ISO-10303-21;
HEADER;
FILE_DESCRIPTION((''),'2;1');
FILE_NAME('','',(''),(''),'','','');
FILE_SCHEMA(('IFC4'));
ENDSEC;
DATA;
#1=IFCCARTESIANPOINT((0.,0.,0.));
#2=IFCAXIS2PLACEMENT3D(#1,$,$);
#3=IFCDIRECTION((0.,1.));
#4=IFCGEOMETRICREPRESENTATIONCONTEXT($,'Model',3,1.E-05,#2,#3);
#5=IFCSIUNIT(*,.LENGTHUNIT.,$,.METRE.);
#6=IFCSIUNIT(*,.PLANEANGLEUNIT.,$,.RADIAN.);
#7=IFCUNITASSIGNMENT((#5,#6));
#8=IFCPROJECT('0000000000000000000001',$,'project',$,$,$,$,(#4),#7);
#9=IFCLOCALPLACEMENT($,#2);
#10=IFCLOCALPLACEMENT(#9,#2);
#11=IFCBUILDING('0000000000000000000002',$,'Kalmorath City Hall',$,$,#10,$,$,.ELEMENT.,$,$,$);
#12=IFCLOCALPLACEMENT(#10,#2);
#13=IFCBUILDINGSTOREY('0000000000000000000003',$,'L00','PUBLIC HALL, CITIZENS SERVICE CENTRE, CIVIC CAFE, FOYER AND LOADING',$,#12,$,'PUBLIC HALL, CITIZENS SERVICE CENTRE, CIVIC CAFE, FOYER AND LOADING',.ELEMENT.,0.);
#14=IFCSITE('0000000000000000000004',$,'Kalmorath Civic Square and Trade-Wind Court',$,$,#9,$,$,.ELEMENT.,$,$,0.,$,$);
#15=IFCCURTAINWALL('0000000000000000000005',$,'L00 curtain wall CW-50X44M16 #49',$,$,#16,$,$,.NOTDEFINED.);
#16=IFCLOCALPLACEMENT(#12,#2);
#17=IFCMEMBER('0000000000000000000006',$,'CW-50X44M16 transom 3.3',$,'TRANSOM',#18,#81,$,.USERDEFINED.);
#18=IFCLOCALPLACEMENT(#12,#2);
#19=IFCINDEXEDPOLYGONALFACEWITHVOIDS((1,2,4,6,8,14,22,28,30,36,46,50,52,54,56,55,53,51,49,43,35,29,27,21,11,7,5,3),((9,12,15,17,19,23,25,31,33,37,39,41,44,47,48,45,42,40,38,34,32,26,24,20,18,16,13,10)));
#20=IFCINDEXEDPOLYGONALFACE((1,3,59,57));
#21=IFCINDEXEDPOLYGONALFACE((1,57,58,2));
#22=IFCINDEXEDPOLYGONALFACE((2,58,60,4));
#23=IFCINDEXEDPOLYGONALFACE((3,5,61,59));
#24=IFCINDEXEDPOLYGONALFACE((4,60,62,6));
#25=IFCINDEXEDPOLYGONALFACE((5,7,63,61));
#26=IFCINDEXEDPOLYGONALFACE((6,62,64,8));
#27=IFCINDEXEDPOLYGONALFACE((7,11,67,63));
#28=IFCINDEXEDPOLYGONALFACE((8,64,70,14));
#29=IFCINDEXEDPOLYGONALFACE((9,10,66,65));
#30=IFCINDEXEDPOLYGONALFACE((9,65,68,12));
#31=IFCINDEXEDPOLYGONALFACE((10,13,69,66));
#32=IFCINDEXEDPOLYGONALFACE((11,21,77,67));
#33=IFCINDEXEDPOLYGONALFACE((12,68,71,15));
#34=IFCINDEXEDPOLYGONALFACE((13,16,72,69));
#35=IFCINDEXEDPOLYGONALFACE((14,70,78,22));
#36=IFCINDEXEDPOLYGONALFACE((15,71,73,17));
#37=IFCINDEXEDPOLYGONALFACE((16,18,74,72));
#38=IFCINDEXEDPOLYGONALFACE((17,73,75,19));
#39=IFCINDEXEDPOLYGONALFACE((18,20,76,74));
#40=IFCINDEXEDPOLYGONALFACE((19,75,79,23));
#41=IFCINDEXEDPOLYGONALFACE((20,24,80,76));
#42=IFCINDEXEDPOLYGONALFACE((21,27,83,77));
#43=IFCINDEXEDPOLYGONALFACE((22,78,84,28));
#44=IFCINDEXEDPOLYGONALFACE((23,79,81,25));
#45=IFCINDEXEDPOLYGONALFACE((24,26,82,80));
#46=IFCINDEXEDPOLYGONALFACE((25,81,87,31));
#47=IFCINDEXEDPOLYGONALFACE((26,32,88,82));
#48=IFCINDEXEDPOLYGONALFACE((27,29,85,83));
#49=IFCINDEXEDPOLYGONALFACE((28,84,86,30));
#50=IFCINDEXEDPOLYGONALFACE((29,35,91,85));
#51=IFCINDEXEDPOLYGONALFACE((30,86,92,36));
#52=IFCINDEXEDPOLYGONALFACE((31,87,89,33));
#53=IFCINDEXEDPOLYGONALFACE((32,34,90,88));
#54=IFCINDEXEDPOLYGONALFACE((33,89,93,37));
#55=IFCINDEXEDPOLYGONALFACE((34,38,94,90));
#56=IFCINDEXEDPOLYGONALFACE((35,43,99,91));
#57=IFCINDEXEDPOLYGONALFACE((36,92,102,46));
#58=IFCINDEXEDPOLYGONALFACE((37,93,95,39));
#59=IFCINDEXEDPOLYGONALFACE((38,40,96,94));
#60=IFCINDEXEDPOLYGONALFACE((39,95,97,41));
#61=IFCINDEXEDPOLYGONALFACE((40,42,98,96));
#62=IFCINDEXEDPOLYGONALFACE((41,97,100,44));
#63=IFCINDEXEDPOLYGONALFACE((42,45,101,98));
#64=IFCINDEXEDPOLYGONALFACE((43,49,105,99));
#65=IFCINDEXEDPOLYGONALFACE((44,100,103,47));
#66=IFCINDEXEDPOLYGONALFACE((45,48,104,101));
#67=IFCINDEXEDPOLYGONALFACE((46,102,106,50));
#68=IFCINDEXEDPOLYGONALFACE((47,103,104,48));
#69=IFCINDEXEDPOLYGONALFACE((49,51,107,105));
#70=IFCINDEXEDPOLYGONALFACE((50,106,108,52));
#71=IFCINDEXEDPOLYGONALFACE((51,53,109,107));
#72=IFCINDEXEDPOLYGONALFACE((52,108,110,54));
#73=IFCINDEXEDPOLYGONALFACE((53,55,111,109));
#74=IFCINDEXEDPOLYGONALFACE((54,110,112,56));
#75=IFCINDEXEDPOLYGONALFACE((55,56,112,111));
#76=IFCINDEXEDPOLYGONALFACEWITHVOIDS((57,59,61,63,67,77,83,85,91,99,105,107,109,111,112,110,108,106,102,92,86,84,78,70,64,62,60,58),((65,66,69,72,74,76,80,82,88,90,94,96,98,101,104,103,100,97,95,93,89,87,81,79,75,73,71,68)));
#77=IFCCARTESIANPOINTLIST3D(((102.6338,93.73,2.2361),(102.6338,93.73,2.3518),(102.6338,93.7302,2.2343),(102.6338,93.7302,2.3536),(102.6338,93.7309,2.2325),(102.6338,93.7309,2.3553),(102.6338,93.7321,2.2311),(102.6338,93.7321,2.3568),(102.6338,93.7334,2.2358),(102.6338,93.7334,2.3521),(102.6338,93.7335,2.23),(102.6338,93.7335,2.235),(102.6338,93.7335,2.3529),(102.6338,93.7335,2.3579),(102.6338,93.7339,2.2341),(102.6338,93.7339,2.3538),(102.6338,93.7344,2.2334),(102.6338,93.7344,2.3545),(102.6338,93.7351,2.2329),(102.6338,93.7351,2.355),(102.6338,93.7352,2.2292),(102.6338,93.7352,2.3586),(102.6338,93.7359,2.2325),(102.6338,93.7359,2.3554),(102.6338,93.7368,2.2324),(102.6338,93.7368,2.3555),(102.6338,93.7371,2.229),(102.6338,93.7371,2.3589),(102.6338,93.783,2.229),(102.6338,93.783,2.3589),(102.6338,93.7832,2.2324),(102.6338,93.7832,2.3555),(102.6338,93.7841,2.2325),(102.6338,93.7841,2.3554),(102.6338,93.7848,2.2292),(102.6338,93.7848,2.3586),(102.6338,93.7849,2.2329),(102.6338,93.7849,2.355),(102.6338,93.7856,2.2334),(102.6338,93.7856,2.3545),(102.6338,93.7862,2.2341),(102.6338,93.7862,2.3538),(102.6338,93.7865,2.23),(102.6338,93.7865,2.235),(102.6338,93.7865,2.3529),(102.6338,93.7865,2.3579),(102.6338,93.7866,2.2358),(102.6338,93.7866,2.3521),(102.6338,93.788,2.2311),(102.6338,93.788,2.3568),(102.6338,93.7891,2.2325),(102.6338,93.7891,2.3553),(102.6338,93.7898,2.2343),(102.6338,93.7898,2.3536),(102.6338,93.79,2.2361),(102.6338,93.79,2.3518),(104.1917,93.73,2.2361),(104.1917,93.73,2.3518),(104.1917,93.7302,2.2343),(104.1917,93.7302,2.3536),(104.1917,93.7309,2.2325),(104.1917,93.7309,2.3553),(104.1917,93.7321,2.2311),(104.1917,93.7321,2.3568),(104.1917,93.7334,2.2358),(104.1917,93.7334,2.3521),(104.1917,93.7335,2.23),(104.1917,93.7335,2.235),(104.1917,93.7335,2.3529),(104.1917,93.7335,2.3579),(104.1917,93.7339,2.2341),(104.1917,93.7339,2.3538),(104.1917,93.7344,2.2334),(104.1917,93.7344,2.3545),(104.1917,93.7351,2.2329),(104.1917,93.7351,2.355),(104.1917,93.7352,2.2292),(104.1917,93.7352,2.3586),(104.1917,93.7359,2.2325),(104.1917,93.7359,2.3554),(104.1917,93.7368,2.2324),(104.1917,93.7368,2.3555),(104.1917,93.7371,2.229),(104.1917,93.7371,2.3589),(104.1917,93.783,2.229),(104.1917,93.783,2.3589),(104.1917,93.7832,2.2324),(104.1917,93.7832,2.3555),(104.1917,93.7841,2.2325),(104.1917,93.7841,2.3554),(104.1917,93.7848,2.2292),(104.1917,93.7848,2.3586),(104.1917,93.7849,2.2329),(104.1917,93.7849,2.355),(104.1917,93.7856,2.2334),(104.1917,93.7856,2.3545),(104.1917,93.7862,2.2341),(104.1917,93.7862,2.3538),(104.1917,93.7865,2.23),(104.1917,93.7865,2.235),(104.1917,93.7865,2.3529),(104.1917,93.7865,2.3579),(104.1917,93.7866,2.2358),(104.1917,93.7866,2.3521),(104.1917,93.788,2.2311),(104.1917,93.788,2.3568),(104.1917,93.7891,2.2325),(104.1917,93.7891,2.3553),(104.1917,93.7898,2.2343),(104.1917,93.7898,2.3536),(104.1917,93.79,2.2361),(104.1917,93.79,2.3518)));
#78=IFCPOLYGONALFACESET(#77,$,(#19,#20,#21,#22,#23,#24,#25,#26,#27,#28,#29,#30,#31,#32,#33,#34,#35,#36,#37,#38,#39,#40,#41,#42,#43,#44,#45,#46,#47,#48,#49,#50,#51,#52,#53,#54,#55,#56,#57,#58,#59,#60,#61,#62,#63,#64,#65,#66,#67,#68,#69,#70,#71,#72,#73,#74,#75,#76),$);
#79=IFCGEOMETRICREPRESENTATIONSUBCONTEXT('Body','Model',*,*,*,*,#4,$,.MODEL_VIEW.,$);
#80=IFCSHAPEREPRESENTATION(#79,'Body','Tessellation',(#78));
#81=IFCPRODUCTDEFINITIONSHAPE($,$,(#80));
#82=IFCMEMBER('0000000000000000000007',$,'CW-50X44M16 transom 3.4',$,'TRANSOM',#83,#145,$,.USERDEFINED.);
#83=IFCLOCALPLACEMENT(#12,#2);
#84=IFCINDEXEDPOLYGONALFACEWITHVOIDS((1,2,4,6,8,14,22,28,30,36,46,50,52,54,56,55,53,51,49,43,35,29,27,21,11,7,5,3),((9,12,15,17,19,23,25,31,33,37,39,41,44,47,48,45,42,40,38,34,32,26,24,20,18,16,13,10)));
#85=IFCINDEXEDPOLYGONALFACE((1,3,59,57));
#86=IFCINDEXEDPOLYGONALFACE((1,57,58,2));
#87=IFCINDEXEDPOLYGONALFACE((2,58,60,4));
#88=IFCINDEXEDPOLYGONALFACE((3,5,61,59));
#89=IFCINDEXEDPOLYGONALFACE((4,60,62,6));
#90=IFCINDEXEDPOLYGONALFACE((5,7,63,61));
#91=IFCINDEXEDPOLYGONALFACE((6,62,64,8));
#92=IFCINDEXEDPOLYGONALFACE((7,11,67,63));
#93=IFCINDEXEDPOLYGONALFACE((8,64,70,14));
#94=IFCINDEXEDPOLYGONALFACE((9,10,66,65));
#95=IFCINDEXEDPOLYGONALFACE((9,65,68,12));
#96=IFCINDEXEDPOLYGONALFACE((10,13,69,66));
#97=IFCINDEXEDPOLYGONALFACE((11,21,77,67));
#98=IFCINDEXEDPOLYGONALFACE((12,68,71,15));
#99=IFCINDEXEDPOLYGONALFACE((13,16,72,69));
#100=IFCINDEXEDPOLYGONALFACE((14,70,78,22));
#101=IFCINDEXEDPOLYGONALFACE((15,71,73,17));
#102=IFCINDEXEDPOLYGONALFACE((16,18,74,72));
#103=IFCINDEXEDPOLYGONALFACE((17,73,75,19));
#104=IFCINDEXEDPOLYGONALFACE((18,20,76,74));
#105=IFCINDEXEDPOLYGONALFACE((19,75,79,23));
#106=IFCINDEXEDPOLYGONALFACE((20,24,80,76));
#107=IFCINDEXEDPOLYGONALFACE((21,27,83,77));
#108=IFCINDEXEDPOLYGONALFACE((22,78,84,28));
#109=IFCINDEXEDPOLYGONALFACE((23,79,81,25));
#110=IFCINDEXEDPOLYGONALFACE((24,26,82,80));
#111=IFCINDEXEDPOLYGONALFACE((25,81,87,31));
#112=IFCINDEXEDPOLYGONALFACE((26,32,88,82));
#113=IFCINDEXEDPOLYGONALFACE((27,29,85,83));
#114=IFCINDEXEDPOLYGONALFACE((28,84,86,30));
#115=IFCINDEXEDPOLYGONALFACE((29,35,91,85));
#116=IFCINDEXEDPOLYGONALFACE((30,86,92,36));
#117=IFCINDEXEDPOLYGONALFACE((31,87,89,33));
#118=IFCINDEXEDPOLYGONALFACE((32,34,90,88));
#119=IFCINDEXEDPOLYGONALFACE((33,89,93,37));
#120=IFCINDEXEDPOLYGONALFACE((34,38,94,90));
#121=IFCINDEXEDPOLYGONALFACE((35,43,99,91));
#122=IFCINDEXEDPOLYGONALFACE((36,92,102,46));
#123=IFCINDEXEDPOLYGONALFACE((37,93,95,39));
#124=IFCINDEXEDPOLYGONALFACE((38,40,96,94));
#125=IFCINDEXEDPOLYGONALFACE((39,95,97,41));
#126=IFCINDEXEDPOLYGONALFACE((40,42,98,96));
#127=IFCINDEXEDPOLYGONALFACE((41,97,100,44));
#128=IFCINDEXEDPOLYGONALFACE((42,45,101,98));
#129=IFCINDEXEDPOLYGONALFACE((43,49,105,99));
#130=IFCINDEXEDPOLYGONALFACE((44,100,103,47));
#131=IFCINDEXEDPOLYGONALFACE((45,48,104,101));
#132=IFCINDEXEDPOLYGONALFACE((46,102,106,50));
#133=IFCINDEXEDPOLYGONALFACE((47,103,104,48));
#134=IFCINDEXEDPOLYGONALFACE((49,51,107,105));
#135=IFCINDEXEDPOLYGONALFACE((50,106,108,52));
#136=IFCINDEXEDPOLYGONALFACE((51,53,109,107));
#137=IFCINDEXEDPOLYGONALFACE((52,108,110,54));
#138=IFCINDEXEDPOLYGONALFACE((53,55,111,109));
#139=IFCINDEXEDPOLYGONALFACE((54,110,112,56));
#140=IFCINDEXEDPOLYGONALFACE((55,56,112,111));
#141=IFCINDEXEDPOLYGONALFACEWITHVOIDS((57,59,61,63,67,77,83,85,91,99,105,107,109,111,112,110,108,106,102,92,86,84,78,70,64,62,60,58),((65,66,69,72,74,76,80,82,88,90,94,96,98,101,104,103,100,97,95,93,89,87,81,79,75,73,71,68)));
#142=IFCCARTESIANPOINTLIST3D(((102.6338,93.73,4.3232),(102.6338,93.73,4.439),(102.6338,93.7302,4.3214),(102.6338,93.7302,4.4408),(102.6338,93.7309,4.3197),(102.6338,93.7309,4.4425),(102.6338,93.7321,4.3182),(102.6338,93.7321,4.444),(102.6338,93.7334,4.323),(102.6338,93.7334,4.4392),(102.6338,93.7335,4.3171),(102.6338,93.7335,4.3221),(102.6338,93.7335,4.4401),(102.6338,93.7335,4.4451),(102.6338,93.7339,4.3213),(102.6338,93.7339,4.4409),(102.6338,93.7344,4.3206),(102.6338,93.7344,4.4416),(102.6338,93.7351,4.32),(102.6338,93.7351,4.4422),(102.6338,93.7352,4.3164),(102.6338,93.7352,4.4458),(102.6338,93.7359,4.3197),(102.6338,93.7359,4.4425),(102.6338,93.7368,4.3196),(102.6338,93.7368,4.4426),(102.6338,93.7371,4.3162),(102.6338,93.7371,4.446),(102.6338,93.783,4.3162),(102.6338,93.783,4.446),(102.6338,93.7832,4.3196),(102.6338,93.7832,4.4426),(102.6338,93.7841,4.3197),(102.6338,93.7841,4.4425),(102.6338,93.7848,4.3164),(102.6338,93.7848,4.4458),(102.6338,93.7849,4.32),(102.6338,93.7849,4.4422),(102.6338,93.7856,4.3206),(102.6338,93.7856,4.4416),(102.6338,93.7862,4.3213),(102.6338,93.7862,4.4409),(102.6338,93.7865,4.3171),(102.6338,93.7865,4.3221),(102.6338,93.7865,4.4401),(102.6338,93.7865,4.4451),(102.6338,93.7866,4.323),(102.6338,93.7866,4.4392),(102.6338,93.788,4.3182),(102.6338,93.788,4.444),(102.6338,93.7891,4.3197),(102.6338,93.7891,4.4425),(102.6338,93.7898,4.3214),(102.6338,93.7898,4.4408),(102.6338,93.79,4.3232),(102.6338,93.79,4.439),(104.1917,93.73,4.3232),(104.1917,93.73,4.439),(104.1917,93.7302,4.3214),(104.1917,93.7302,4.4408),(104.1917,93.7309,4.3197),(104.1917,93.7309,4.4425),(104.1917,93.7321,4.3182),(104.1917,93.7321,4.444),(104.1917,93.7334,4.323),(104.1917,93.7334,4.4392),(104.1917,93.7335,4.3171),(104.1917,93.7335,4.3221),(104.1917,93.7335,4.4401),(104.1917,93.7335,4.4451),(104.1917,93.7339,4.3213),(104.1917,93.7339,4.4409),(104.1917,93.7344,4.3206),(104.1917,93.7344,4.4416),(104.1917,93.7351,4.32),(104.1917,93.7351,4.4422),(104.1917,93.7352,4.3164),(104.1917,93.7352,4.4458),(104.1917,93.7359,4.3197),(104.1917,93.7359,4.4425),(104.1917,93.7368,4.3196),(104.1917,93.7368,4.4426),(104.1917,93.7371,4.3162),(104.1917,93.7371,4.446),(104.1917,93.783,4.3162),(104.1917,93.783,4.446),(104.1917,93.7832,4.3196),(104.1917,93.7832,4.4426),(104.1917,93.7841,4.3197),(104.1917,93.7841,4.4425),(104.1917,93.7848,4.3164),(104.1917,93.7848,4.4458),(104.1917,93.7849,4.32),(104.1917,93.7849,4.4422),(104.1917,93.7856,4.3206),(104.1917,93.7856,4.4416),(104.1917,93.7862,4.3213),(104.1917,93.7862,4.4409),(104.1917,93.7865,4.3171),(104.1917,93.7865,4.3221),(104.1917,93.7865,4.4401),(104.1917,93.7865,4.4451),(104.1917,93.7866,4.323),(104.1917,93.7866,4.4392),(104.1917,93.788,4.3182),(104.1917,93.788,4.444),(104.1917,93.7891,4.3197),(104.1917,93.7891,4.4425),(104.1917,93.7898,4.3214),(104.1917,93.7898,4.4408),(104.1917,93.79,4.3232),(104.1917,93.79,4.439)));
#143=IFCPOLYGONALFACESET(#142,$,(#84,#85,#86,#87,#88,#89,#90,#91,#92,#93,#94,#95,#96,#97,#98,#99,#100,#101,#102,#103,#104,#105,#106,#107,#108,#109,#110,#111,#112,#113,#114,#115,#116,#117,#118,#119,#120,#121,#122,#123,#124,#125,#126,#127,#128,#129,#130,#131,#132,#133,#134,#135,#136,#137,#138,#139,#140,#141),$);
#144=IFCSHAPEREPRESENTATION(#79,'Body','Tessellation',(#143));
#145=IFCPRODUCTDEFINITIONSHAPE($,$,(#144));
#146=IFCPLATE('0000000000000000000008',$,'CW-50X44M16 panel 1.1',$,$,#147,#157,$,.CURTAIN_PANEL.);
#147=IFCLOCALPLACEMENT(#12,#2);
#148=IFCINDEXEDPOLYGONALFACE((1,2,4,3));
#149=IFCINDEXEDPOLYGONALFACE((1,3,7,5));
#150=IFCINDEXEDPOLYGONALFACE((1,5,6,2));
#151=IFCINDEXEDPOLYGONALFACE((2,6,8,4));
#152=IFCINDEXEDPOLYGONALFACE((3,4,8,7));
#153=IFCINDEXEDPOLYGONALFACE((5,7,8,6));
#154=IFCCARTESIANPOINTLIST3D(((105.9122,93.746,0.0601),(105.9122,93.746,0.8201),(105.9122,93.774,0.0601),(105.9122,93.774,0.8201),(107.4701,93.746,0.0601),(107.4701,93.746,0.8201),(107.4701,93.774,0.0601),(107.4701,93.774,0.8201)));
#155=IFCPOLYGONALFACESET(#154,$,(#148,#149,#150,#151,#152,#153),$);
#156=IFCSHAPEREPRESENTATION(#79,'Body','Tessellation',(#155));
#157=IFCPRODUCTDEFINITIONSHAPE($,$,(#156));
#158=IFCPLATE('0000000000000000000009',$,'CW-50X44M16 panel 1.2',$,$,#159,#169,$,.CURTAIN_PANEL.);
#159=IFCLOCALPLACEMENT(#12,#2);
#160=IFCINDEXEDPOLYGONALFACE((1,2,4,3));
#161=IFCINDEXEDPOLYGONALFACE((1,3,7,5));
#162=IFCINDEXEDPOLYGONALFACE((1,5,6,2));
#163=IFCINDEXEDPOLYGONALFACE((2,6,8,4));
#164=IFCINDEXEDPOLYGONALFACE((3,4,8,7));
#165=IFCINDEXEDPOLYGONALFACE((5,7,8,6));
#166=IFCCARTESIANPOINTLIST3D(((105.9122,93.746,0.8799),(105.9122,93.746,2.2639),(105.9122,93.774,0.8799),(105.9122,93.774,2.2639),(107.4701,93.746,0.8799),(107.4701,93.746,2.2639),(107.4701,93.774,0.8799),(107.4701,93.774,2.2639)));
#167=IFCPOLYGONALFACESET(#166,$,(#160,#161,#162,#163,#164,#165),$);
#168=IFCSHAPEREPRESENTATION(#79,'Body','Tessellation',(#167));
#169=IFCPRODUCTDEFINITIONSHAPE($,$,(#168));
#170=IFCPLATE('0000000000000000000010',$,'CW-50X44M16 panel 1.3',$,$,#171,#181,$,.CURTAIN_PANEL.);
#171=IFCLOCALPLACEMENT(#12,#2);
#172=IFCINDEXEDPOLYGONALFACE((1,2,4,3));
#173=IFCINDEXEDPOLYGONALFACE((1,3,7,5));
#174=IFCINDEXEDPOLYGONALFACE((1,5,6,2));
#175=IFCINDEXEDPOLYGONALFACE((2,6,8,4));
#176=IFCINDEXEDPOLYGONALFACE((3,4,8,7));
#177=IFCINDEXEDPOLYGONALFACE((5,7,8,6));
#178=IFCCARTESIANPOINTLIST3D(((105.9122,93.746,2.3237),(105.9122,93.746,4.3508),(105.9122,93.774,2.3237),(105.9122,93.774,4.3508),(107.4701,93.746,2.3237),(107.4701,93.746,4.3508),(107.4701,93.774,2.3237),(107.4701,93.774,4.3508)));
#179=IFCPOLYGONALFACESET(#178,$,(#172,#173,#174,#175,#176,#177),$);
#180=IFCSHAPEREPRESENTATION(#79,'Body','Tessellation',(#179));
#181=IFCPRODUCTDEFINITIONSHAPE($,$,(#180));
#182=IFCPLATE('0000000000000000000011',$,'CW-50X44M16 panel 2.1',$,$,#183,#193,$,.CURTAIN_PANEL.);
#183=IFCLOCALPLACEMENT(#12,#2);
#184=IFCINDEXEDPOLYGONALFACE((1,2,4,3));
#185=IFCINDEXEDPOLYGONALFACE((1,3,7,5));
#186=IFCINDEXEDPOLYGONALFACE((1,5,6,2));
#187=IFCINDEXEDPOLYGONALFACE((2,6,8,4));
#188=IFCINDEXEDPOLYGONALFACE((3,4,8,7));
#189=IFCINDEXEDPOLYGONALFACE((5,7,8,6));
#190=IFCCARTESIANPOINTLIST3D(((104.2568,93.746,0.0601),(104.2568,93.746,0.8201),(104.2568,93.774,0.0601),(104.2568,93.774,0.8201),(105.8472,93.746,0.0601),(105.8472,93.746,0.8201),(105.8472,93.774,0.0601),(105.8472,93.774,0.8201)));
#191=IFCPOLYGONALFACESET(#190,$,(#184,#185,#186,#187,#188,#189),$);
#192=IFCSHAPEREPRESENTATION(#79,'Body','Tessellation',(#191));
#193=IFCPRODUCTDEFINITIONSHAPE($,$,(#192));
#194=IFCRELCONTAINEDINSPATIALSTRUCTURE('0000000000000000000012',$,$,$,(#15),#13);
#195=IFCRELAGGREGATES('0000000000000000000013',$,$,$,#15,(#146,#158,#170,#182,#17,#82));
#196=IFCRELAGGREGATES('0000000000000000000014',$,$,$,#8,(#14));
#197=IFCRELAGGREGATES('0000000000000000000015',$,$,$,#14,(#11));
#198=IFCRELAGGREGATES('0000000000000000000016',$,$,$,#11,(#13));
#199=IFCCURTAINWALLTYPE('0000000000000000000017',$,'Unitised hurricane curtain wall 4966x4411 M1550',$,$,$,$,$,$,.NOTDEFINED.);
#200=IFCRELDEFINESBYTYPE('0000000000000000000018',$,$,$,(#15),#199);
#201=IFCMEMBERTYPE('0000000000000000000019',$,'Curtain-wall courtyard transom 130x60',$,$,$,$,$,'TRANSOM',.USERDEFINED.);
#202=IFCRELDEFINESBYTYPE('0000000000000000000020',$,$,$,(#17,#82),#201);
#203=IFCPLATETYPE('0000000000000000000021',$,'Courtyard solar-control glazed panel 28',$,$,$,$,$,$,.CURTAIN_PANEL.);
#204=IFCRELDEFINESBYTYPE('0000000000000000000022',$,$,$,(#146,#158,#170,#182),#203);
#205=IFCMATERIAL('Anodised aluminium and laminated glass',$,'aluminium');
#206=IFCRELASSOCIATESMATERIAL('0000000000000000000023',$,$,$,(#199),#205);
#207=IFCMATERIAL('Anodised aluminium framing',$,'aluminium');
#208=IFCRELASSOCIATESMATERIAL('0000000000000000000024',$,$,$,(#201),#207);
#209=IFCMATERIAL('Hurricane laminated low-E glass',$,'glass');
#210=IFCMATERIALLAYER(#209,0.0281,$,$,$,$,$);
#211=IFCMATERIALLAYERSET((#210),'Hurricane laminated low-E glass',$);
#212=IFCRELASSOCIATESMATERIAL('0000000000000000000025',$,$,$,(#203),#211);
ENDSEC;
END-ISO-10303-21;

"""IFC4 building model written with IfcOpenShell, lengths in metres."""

from ifc_helpers import new_model, si_unit, direction, frame, origin, origin_2d, place, context, subcontext, project, spatial, rectangle, hollow_rectangle, extrude, material, layer, layer_set, material_profile, profile_set, type_object, element, aggregate, save


model = new_model("IFC4")

# Units and contexts
model_context = context("Model", 3, precision=1e-05, world=origin(), true_north=direction((0.0, 1.0)))
body_context = subcontext(model_context, "Body", "Model", "MODEL_VIEW")
ifc_project = project(units=[si_unit("LENGTHUNIT", "METRE"), si_unit("PLANEANGLEUNIT", "RADIAN")], contexts=[model_context])

# Site, building, storey
site_placement = place(None, origin())
site = spatial("IfcSite", under=ifc_project, at=site_placement, Name="Kalmorath Civic Square and Trade-Wind Court", CompositionType="ELEMENT", RefElevation=0.0)
building_placement = place(site_placement, origin())
building = spatial("IfcBuilding", under=site, at=building_placement, Name="Kalmorath City Hall", CompositionType="ELEMENT")
storey_placement = place(building_placement, origin())
storey = spatial("IfcBuildingStorey", under=building, at=storey_placement, Name="L00", Description="PUBLIC HALL, CITIZENS SERVICE CENTRE, CIVIC CAFE, FOYER AND LOADING", LongName="PUBLIC HALL, CITIZENS SERVICE CENTRE, CIVIC CAFE, FOYER AND LOADING", CompositionType="ELEMENT", Elevation=0.0)

# Curtain wall, members, plates
ifc_material_1 = material(Name="Anodised aluminium and laminated glass", Category="aluminium")
curtain_wall_type = type_object("IfcCurtainWallType", Name="Unitised hurricane curtain wall 4966x4411 M1550", PredefinedType="NOTDEFINED", material=ifc_material_1)
curtain_wall_placement = place(storey_placement, origin())
curtain_wall = element("IfcCurtainWall", 1, at=curtain_wall_placement, inside=storey, type_object=curtain_wall_type, Name="L00 curtain wall CW-50X44M16 #49", PredefinedType="NOTDEFINED")
ifc_material_2 = material(Name="Anodised aluminium framing", Category="aluminium")
ifc_material_profile_1 = material_profile(ifc_material_2, hollow_rectangle(XDim=0.0601, YDim=0.1299, WallThickness=0.0034, InnerFilletRadius=0.0034, OuterFilletRadius=0.0071, at=origin_2d()), Name="ALU-TRN-130X60X3.5")
ifc_profile_set_1 = profile_set([ifc_material_profile_1], Name="Anodised aluminium framing")
member_type_1 = type_object("IfcMemberType", Name="Curtain-wall courtyard transom 130x60", ElementType="TRANSOM", PredefinedType="USERDEFINED", material=ifc_profile_set_1)
member_1_placement = place(storey_placement, frame((104.1917, 93.76, 2.2939), z_axis=(-1.0, 0.0, 0.0), x_axis=(0.0, -1.0, 0.0)))
member_1 = element("IfcMember", 2, at=member_1_placement, type_object=member_type_1, Name="CW-50X44M16 transom 3.3", ObjectType="TRANSOM", PredefinedType="USERDEFINED", context=body_context, shape_type="SweptSolid", body=[
    extrude(hollow_rectangle(XDim=0.0601, YDim=0.1299, WallThickness=0.0034, InnerFilletRadius=0.0034, OuterFilletRadius=0.0071, at=origin_2d()), origin(), (0.0, 0.0, 1.0), 1.5579),
])
member_2_placement = place(storey_placement, frame((104.1917, 93.76, 4.3811), z_axis=(-1.0, 0.0, 0.0), x_axis=(0.0, -1.0, 0.0)))
member_2 = element("IfcMember", 3, at=member_2_placement, type_object=member_type_1, Name="CW-50X44M16 transom 3.4", ObjectType="TRANSOM", PredefinedType="USERDEFINED", context=body_context, shape_type="SweptSolid", body=[
    extrude(hollow_rectangle(XDim=0.0601, YDim=0.1299, WallThickness=0.0034, InnerFilletRadius=0.0034, OuterFilletRadius=0.0071, at=origin_2d()), origin(), (0.0, 0.0, 1.0), 1.5579),
])
ifc_material_3 = material(Name="Hurricane laminated low-E glass", Category="glass")
ifc_layer_1 = layer(ifc_material_3, 0.0281)
ifc_layer_set_1 = layer_set([ifc_layer_1], Name="Hurricane laminated low-E glass")
plate_type = type_object("IfcPlateType", Name="Courtyard solar-control glazed panel 28", PredefinedType="CURTAIN_PANEL", material=ifc_layer_set_1)
plate_1_placement = place(storey_placement, frame((106.6912, 93.76, 0.0601), z_axis=(0.0, 0.0, 1.0), x_axis=(-1.0, 0.0, 0.0)))
plate_1 = element("IfcPlate", 4, at=plate_1_placement, type_object=plate_type, Name="CW-50X44M16 panel 1.1", PredefinedType="CURTAIN_PANEL", context=body_context, shape_type="SweptSolid", body=[
    extrude(rectangle(XDim=1.5579, YDim=0.0281, at=origin_2d()), origin(), (0.0, 0.0, 1.0), 0.76),
])
plate_2_placement = place(storey_placement, frame((106.6912, 93.76, 0.8799), z_axis=(0.0, 0.0, 1.0), x_axis=(-1.0, 0.0, 0.0)))
plate_2 = element("IfcPlate", 5, at=plate_2_placement, type_object=plate_type, Name="CW-50X44M16 panel 1.2", PredefinedType="CURTAIN_PANEL", context=body_context, shape_type="SweptSolid", body=[
    extrude(rectangle(XDim=1.5579, YDim=0.0281, at=origin_2d()), origin(), (0.0, 0.0, 1.0), 1.384),
])
plate_3_placement = place(storey_placement, frame((106.6912, 93.76, 2.3237), z_axis=(0.0, 0.0, 1.0), x_axis=(-1.0, 0.0, 0.0)))
plate_3 = element("IfcPlate", 6, at=plate_3_placement, type_object=plate_type, Name="CW-50X44M16 panel 1.3", PredefinedType="CURTAIN_PANEL", context=body_context, shape_type="SweptSolid", body=[
    extrude(rectangle(XDim=1.5579, YDim=0.0281, at=origin_2d()), origin(), (0.0, 0.0, 1.0), 2.0271),
])
plate_4_placement = place(storey_placement, frame((105.052, 93.76, 0.0601), z_axis=(0.0, 0.0, 1.0), x_axis=(-1.0, 0.0, 0.0)))
plate_4 = element("IfcPlate", 7, at=plate_4_placement, type_object=plate_type, Name="CW-50X44M16 panel 2.1", PredefinedType="CURTAIN_PANEL", context=body_context, shape_type="SweptSolid", body=[
    extrude(rectangle(XDim=1.5903, YDim=0.0281, at=origin_2d()), origin(), (0.0, 0.0, 1.0), 0.76),
])
aggregate(curtain_wall, [plate_1, plate_2, plate_3, plate_4, member_1, member_2])

save(model, "model.ifc")
